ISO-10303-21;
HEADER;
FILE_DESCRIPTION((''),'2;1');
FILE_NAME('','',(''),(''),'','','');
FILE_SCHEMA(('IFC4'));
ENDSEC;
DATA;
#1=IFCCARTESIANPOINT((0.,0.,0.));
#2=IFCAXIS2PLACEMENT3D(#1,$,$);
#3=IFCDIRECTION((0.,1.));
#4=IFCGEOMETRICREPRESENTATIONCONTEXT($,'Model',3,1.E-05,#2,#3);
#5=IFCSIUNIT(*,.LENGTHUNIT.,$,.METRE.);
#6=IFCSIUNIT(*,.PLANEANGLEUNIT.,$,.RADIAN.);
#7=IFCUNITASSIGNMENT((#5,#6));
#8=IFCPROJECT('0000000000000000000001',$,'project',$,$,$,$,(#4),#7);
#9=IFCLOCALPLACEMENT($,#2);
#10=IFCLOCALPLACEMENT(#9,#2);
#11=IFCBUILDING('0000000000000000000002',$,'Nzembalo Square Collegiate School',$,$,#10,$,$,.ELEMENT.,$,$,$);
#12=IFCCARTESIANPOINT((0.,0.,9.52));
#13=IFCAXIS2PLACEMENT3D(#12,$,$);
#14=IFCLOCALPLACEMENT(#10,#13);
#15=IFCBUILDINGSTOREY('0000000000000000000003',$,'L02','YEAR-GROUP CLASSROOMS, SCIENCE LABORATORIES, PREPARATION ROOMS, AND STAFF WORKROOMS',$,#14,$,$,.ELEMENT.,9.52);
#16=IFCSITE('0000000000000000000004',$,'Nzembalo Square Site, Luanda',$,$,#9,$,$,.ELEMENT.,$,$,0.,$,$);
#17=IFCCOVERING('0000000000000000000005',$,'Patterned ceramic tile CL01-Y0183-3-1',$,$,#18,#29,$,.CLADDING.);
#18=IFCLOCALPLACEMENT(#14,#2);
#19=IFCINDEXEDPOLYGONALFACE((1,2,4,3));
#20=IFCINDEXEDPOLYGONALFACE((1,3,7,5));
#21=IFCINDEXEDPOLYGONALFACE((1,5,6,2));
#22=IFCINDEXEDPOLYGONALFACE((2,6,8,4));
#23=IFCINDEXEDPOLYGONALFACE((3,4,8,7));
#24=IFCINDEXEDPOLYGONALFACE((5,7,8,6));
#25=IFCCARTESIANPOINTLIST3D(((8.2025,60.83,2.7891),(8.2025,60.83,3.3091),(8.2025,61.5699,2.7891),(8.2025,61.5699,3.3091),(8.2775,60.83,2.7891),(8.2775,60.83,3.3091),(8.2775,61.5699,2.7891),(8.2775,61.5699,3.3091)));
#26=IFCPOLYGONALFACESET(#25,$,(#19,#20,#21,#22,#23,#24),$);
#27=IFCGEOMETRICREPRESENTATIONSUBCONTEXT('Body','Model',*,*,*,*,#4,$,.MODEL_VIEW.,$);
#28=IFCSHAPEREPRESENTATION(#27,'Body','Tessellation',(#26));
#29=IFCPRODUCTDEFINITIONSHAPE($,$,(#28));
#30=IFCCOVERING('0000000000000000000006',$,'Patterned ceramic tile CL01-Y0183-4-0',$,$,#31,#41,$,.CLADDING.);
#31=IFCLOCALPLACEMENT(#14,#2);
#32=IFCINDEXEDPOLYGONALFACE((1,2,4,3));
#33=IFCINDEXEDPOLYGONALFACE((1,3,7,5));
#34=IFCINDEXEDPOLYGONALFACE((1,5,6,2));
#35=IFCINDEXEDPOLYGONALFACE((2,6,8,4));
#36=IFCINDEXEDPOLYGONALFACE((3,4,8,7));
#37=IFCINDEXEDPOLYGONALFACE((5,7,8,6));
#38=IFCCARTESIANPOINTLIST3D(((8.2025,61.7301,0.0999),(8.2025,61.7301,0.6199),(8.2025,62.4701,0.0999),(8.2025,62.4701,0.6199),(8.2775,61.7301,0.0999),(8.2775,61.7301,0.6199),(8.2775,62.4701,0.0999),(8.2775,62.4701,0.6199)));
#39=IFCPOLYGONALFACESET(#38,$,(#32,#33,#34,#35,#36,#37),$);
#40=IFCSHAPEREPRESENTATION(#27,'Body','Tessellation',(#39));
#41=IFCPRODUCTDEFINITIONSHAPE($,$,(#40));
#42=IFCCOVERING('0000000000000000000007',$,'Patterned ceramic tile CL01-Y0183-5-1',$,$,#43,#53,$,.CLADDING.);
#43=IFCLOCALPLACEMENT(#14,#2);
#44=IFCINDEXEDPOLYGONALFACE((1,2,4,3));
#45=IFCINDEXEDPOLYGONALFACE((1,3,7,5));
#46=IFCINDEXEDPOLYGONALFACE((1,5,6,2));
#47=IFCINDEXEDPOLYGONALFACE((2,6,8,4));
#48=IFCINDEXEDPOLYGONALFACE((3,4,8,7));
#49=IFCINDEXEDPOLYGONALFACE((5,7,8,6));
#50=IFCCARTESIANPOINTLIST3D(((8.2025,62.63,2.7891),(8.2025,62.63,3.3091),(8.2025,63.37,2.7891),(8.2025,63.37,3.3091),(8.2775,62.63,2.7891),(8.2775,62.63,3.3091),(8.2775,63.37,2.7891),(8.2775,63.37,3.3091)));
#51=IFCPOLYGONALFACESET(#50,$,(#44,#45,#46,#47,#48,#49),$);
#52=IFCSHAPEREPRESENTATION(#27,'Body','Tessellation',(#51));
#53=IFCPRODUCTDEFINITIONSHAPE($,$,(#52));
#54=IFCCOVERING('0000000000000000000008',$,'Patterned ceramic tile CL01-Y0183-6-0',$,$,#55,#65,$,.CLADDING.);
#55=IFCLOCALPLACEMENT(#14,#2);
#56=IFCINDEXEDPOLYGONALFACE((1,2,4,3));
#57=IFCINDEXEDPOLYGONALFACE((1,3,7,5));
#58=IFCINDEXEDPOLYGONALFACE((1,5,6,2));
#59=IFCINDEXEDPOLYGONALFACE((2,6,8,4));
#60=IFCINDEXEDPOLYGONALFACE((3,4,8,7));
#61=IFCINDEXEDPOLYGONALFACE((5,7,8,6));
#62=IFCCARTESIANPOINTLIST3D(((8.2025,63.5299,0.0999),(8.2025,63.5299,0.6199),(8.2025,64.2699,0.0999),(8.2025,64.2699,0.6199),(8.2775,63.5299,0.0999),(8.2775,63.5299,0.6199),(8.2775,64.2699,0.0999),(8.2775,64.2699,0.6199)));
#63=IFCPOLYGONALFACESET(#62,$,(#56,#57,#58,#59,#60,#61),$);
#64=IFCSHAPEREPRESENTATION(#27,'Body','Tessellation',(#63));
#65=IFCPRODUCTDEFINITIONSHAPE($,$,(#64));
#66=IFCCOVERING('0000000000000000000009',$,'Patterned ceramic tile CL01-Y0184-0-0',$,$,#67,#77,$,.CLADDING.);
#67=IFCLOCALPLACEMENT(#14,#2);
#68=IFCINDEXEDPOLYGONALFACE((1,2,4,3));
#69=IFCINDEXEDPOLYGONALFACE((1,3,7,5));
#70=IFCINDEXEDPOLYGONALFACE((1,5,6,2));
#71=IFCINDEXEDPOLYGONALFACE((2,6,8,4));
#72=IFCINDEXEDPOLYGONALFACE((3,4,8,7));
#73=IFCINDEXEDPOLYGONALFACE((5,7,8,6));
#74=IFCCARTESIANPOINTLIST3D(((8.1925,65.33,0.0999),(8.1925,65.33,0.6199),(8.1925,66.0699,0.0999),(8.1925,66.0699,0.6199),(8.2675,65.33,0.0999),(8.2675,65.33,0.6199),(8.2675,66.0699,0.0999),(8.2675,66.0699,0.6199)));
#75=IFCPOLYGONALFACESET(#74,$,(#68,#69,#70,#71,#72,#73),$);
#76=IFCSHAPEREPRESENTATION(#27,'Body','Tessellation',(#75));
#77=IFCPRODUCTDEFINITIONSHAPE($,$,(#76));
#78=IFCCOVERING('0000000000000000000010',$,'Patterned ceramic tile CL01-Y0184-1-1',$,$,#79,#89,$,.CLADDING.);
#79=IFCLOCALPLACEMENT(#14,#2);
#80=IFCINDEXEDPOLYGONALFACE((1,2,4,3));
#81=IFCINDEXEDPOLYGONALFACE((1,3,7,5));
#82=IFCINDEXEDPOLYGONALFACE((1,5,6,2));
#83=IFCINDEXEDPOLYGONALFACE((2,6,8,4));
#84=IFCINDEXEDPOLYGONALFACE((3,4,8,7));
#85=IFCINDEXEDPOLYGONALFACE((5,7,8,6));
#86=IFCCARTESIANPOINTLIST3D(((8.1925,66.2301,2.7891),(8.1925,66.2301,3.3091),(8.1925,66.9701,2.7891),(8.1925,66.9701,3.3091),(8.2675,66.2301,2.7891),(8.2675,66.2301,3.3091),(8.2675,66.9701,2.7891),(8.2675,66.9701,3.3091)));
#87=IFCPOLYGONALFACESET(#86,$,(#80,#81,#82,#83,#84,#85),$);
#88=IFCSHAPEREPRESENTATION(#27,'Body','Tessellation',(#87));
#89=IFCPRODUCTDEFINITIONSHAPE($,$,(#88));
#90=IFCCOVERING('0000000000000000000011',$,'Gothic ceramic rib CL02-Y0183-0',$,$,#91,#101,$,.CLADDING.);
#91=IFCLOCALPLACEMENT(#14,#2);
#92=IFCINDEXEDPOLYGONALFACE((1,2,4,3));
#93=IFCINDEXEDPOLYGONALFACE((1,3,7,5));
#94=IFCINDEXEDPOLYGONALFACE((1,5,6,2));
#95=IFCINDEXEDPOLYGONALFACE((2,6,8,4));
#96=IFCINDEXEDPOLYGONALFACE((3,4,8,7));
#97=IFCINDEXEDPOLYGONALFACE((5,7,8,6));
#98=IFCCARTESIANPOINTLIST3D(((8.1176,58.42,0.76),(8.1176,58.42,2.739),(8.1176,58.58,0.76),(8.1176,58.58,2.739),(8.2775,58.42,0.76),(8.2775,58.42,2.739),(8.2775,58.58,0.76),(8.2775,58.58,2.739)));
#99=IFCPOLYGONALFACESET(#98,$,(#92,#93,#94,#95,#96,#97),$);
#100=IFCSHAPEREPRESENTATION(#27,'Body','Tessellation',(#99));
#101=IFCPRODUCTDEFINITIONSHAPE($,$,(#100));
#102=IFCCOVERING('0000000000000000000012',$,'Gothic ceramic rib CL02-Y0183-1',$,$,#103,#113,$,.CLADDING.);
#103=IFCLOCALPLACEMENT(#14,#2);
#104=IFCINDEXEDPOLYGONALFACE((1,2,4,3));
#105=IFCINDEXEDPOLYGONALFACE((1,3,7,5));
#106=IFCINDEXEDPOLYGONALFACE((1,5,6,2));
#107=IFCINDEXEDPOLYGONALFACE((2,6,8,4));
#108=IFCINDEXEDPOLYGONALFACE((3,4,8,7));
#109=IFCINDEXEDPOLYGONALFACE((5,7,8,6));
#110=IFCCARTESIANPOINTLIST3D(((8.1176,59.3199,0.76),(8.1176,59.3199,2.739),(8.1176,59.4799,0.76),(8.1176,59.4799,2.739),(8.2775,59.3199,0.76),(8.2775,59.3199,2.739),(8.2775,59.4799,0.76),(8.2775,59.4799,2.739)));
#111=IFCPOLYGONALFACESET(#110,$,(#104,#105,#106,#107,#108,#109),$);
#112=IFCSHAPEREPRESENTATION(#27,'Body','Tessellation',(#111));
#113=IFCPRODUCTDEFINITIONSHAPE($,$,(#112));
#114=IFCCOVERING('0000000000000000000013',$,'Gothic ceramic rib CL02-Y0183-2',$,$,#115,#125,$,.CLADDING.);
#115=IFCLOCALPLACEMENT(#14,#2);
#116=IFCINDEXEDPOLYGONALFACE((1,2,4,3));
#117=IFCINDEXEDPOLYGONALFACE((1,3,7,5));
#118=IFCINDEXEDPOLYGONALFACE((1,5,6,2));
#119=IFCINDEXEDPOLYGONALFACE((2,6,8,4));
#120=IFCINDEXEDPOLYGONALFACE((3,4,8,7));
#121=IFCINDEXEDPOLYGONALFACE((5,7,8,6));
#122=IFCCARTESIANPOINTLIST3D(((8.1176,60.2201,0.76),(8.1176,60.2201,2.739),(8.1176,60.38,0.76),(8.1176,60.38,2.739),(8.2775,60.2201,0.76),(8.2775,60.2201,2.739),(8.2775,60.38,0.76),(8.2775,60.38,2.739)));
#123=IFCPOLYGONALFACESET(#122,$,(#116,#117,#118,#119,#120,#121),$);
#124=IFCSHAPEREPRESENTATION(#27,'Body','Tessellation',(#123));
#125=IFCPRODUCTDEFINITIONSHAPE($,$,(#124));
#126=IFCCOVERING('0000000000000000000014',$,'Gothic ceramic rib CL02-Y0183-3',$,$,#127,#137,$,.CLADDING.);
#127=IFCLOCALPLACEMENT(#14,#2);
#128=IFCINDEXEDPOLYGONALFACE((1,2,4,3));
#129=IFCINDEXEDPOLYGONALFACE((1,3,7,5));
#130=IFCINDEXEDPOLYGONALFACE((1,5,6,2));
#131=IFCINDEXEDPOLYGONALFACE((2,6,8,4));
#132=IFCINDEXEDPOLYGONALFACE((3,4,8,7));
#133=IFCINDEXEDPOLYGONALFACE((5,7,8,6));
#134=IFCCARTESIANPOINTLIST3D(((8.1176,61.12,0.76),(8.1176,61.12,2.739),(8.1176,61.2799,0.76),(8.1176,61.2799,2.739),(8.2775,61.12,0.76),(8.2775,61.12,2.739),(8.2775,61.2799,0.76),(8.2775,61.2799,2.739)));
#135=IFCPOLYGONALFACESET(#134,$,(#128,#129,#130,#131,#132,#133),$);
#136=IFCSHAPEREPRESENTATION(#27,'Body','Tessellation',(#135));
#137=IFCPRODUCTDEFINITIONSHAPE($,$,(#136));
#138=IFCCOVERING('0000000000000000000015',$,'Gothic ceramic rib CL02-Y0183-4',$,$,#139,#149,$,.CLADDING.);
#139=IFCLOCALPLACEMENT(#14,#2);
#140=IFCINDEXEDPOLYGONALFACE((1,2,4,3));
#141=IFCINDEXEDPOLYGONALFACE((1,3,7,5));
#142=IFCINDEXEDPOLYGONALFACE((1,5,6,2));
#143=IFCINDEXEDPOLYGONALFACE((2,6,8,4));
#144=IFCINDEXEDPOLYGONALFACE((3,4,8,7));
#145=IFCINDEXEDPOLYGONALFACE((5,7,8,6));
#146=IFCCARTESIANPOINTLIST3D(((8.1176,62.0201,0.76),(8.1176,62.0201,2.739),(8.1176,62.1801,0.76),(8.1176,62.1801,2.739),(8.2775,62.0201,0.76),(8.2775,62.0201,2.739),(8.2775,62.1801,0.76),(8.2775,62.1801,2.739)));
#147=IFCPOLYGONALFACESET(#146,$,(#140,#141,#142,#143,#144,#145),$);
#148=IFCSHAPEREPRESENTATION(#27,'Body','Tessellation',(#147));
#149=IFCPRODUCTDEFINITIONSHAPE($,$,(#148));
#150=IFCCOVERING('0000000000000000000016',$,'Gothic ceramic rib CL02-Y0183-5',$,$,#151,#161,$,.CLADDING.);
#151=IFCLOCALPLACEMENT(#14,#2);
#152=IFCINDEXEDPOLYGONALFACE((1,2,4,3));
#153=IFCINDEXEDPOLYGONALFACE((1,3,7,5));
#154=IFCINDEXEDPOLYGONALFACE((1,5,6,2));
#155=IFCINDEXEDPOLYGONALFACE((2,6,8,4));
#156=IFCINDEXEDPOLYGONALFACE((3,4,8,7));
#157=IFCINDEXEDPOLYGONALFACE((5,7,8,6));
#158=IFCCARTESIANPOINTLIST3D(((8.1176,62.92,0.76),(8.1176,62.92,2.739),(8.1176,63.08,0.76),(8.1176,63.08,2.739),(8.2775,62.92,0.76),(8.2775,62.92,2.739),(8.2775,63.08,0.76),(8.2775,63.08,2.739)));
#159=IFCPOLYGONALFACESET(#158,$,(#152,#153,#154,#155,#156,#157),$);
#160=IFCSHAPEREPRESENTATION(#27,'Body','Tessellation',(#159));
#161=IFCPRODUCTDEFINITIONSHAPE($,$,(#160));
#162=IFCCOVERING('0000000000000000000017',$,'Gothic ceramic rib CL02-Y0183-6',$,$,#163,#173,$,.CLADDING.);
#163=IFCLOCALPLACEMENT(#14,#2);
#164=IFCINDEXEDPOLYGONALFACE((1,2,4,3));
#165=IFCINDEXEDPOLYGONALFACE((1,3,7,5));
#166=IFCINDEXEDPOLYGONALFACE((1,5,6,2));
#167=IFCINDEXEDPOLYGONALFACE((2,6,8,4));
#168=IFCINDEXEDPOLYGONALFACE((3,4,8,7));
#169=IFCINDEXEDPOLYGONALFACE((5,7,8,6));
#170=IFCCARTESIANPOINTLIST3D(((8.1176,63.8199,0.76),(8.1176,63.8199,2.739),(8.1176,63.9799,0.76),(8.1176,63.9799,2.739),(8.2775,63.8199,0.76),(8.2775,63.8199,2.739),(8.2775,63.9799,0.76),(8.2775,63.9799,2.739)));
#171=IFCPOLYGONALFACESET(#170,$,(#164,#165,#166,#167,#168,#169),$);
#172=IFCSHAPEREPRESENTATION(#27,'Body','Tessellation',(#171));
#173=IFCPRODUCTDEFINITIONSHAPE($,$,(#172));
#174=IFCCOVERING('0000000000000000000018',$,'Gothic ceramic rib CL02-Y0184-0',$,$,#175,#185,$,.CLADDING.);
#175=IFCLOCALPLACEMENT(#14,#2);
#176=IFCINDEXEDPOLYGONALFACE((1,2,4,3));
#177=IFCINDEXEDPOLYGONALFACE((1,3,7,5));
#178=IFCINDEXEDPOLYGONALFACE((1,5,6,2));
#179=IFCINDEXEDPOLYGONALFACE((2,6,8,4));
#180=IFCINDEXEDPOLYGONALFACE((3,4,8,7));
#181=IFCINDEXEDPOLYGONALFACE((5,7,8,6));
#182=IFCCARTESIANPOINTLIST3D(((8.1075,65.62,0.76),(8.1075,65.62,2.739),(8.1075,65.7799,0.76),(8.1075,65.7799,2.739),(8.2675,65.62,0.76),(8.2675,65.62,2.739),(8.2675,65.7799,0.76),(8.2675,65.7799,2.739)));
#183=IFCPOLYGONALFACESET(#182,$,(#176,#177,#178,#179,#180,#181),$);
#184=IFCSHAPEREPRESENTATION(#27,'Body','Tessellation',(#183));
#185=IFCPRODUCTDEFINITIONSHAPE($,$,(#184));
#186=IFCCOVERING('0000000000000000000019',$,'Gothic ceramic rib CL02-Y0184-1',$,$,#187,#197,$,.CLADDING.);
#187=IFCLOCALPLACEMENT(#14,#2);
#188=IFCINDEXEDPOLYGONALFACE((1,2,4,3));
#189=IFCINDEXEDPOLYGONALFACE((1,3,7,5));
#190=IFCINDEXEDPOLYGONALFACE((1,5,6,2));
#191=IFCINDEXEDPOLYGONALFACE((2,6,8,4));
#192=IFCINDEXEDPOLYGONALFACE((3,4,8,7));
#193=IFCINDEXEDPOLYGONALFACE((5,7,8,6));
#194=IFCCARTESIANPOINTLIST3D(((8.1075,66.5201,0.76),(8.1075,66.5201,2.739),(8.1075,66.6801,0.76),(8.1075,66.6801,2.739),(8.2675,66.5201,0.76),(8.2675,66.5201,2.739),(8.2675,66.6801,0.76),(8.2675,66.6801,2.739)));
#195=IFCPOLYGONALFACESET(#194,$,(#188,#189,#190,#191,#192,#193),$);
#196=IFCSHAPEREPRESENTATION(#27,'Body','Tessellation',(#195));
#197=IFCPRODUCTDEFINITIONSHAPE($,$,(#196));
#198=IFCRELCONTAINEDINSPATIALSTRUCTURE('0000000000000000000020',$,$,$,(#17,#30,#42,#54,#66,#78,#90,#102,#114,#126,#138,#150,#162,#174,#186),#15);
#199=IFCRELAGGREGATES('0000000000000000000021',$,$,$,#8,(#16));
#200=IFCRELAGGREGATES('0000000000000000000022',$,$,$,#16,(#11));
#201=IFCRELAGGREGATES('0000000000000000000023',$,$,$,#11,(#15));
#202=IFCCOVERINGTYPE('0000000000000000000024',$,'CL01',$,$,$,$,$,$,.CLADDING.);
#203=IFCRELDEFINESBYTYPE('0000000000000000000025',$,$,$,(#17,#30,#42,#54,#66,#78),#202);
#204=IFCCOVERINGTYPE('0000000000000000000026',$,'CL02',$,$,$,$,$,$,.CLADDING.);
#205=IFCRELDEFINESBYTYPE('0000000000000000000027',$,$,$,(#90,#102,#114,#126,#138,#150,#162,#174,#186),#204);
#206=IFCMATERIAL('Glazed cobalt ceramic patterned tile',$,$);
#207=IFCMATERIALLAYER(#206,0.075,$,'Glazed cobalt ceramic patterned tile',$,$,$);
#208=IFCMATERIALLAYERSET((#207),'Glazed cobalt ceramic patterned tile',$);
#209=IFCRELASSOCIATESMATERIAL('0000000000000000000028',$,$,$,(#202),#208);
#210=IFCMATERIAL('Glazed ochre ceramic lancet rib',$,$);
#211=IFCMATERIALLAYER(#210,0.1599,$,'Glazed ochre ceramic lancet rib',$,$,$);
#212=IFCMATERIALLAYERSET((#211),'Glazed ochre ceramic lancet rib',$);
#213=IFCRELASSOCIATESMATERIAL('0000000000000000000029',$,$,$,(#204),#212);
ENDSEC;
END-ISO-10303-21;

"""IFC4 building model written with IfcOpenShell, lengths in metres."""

from ifc_helpers import new_model, si_unit, direction, frame, origin, origin_2d, place, context, subcontext, project, spatial, rectangle, extrude, material, layer, layer_set, type_object, element, save


model = new_model("IFC4")

# Units and contexts
model_context = context("Model", 3, precision=1e-05, world=origin(), true_north=direction((0.0, 1.0)))
body_context = subcontext(model_context, "Body", "Model", "MODEL_VIEW")
ifc_project = project(units=[si_unit("LENGTHUNIT", "METRE"), si_unit("PLANEANGLEUNIT", "RADIAN")], contexts=[model_context])

# Site, building, storey
site_placement = place(None, origin())
site = spatial("IfcSite", under=ifc_project, at=site_placement, Name="Nzembalo Square Site, Luanda", CompositionType="ELEMENT", RefElevation=0.0)
building_placement = place(site_placement, origin())
building = spatial("IfcBuilding", under=site, at=building_placement, Name="Nzembalo Square Collegiate School", CompositionType="ELEMENT")
storey_placement = place(building_placement, frame((0.0, 0.0, 9.52)))
storey = spatial("IfcBuildingStorey", under=building, at=storey_placement, Name="L02", Description="YEAR-GROUP CLASSROOMS, SCIENCE LABORATORIES, PREPARATION ROOMS, AND STAFF WORKROOMS", CompositionType="ELEMENT", Elevation=9.52)

# Coverings
ifc_material_1 = material(Name="Glazed cobalt ceramic patterned tile")
ifc_layer_1 = layer(ifc_material_1, 0.075, Name="Glazed cobalt ceramic patterned tile")
ifc_layer_set_1 = layer_set([ifc_layer_1], Name="Glazed cobalt ceramic patterned tile")
covering_type_1 = type_object("IfcCoveringType", Name="CL01", PredefinedType="CLADDING", material=ifc_layer_set_1)
for number, where, z_axis, x_axis, name in (
    (1, (8.24, 61.2, 2.7891), (0.0, 0.0, 1.0), (1.0, 0.0, 0.0), "Patterned ceramic tile CL01-Y0183-3-1"),
    (2, (8.24, 62.1001, 0.0999), (0.0, 0.0, 1.0), (1.0, 0.0, 0.0), "Patterned ceramic tile CL01-Y0183-4-0"),
    (3, (8.24, 63.0, 2.7891), (0.0, 0.0, 1.0), (1.0, 0.0, 0.0), "Patterned ceramic tile CL01-Y0183-5-1"),
    (4, (8.24, 63.8999, 0.0999), (0.0, 0.0, 1.0), (1.0, 0.0, 0.0), "Patterned ceramic tile CL01-Y0183-6-0"),
    (5, (8.23, 65.7, 0.0999), (0.0, 0.0, 1.0), (1.0, 0.0, 0.0), "Patterned ceramic tile CL01-Y0184-0-0"),
    (6, (8.23, 66.6001, 2.7891), (0.0, 0.0, 1.0), (1.0, 0.0, 0.0), "Patterned ceramic tile CL01-Y0184-1-1"),
):
    element("IfcCovering", number, at=place(storey_placement, frame(where, z_axis=z_axis, x_axis=x_axis)), inside=storey, type_object=covering_type_1, Name=name, PredefinedType="CLADDING", context=body_context, shape_type="SweptSolid", body=[
        extrude(rectangle(XDim=0.075, YDim=0.74, at=origin_2d()), origin(), (0.0, 0.0, 1.0), 0.52),
    ])
ifc_material_2 = material(Name="Glazed ochre ceramic lancet rib")
ifc_layer_2 = layer(ifc_material_2, 0.1599, Name="Glazed ochre ceramic lancet rib")
ifc_layer_set_2 = layer_set([ifc_layer_2], Name="Glazed ochre ceramic lancet rib")
covering_type_2 = type_object("IfcCoveringType", Name="CL02", PredefinedType="CLADDING", material=ifc_layer_set_2)
for number, where, z_axis, x_axis, name in (
    (7, (8.1975, 58.5, 0.76), (0.0, 0.0, 1.0), (1.0, 0.0, 0.0), "Gothic ceramic rib CL02-Y0183-0"),
    (8, (8.1975, 59.3999, 0.76), (0.0, 0.0, 1.0), (1.0, 0.0, 0.0), "Gothic ceramic rib CL02-Y0183-1"),
    (9, (8.1975, 60.3, 0.76), (0.0, 0.0, 1.0), (1.0, 0.0, 0.0), "Gothic ceramic rib CL02-Y0183-2"),
    (10, (8.1975, 61.2, 0.76), (0.0, 0.0, 1.0), (1.0, 0.0, 0.0), "Gothic ceramic rib CL02-Y0183-3"),
    (11, (8.1975, 62.1001, 0.76), (0.0, 0.0, 1.0), (1.0, 0.0, 0.0), "Gothic ceramic rib CL02-Y0183-4"),
    (12, (8.1975, 63.0, 0.76), (0.0, 0.0, 1.0), (1.0, 0.0, 0.0), "Gothic ceramic rib CL02-Y0183-5"),
    (13, (8.1975, 63.8999, 0.76), (0.0, 0.0, 1.0), (1.0, 0.0, 0.0), "Gothic ceramic rib CL02-Y0183-6"),
    (14, (8.1875, 65.7, 0.76), (0.0, 0.0, 1.0), (1.0, 0.0, 0.0), "Gothic ceramic rib CL02-Y0184-0"),
    (15, (8.1875, 66.6001, 0.76), (0.0, 0.0, 1.0), (1.0, 0.0, 0.0), "Gothic ceramic rib CL02-Y0184-1"),
):
    element("IfcCovering", number, at=place(storey_placement, frame(where, z_axis=z_axis, x_axis=x_axis)), inside=storey, type_object=covering_type_2, Name=name, PredefinedType="CLADDING", context=body_context, shape_type="SweptSolid", body=[
        extrude(rectangle(XDim=0.1599, YDim=0.1599, at=origin_2d()), origin(), (0.0, 0.0, 1.0), 1.979),
    ])

save(model, "model.ifc")
